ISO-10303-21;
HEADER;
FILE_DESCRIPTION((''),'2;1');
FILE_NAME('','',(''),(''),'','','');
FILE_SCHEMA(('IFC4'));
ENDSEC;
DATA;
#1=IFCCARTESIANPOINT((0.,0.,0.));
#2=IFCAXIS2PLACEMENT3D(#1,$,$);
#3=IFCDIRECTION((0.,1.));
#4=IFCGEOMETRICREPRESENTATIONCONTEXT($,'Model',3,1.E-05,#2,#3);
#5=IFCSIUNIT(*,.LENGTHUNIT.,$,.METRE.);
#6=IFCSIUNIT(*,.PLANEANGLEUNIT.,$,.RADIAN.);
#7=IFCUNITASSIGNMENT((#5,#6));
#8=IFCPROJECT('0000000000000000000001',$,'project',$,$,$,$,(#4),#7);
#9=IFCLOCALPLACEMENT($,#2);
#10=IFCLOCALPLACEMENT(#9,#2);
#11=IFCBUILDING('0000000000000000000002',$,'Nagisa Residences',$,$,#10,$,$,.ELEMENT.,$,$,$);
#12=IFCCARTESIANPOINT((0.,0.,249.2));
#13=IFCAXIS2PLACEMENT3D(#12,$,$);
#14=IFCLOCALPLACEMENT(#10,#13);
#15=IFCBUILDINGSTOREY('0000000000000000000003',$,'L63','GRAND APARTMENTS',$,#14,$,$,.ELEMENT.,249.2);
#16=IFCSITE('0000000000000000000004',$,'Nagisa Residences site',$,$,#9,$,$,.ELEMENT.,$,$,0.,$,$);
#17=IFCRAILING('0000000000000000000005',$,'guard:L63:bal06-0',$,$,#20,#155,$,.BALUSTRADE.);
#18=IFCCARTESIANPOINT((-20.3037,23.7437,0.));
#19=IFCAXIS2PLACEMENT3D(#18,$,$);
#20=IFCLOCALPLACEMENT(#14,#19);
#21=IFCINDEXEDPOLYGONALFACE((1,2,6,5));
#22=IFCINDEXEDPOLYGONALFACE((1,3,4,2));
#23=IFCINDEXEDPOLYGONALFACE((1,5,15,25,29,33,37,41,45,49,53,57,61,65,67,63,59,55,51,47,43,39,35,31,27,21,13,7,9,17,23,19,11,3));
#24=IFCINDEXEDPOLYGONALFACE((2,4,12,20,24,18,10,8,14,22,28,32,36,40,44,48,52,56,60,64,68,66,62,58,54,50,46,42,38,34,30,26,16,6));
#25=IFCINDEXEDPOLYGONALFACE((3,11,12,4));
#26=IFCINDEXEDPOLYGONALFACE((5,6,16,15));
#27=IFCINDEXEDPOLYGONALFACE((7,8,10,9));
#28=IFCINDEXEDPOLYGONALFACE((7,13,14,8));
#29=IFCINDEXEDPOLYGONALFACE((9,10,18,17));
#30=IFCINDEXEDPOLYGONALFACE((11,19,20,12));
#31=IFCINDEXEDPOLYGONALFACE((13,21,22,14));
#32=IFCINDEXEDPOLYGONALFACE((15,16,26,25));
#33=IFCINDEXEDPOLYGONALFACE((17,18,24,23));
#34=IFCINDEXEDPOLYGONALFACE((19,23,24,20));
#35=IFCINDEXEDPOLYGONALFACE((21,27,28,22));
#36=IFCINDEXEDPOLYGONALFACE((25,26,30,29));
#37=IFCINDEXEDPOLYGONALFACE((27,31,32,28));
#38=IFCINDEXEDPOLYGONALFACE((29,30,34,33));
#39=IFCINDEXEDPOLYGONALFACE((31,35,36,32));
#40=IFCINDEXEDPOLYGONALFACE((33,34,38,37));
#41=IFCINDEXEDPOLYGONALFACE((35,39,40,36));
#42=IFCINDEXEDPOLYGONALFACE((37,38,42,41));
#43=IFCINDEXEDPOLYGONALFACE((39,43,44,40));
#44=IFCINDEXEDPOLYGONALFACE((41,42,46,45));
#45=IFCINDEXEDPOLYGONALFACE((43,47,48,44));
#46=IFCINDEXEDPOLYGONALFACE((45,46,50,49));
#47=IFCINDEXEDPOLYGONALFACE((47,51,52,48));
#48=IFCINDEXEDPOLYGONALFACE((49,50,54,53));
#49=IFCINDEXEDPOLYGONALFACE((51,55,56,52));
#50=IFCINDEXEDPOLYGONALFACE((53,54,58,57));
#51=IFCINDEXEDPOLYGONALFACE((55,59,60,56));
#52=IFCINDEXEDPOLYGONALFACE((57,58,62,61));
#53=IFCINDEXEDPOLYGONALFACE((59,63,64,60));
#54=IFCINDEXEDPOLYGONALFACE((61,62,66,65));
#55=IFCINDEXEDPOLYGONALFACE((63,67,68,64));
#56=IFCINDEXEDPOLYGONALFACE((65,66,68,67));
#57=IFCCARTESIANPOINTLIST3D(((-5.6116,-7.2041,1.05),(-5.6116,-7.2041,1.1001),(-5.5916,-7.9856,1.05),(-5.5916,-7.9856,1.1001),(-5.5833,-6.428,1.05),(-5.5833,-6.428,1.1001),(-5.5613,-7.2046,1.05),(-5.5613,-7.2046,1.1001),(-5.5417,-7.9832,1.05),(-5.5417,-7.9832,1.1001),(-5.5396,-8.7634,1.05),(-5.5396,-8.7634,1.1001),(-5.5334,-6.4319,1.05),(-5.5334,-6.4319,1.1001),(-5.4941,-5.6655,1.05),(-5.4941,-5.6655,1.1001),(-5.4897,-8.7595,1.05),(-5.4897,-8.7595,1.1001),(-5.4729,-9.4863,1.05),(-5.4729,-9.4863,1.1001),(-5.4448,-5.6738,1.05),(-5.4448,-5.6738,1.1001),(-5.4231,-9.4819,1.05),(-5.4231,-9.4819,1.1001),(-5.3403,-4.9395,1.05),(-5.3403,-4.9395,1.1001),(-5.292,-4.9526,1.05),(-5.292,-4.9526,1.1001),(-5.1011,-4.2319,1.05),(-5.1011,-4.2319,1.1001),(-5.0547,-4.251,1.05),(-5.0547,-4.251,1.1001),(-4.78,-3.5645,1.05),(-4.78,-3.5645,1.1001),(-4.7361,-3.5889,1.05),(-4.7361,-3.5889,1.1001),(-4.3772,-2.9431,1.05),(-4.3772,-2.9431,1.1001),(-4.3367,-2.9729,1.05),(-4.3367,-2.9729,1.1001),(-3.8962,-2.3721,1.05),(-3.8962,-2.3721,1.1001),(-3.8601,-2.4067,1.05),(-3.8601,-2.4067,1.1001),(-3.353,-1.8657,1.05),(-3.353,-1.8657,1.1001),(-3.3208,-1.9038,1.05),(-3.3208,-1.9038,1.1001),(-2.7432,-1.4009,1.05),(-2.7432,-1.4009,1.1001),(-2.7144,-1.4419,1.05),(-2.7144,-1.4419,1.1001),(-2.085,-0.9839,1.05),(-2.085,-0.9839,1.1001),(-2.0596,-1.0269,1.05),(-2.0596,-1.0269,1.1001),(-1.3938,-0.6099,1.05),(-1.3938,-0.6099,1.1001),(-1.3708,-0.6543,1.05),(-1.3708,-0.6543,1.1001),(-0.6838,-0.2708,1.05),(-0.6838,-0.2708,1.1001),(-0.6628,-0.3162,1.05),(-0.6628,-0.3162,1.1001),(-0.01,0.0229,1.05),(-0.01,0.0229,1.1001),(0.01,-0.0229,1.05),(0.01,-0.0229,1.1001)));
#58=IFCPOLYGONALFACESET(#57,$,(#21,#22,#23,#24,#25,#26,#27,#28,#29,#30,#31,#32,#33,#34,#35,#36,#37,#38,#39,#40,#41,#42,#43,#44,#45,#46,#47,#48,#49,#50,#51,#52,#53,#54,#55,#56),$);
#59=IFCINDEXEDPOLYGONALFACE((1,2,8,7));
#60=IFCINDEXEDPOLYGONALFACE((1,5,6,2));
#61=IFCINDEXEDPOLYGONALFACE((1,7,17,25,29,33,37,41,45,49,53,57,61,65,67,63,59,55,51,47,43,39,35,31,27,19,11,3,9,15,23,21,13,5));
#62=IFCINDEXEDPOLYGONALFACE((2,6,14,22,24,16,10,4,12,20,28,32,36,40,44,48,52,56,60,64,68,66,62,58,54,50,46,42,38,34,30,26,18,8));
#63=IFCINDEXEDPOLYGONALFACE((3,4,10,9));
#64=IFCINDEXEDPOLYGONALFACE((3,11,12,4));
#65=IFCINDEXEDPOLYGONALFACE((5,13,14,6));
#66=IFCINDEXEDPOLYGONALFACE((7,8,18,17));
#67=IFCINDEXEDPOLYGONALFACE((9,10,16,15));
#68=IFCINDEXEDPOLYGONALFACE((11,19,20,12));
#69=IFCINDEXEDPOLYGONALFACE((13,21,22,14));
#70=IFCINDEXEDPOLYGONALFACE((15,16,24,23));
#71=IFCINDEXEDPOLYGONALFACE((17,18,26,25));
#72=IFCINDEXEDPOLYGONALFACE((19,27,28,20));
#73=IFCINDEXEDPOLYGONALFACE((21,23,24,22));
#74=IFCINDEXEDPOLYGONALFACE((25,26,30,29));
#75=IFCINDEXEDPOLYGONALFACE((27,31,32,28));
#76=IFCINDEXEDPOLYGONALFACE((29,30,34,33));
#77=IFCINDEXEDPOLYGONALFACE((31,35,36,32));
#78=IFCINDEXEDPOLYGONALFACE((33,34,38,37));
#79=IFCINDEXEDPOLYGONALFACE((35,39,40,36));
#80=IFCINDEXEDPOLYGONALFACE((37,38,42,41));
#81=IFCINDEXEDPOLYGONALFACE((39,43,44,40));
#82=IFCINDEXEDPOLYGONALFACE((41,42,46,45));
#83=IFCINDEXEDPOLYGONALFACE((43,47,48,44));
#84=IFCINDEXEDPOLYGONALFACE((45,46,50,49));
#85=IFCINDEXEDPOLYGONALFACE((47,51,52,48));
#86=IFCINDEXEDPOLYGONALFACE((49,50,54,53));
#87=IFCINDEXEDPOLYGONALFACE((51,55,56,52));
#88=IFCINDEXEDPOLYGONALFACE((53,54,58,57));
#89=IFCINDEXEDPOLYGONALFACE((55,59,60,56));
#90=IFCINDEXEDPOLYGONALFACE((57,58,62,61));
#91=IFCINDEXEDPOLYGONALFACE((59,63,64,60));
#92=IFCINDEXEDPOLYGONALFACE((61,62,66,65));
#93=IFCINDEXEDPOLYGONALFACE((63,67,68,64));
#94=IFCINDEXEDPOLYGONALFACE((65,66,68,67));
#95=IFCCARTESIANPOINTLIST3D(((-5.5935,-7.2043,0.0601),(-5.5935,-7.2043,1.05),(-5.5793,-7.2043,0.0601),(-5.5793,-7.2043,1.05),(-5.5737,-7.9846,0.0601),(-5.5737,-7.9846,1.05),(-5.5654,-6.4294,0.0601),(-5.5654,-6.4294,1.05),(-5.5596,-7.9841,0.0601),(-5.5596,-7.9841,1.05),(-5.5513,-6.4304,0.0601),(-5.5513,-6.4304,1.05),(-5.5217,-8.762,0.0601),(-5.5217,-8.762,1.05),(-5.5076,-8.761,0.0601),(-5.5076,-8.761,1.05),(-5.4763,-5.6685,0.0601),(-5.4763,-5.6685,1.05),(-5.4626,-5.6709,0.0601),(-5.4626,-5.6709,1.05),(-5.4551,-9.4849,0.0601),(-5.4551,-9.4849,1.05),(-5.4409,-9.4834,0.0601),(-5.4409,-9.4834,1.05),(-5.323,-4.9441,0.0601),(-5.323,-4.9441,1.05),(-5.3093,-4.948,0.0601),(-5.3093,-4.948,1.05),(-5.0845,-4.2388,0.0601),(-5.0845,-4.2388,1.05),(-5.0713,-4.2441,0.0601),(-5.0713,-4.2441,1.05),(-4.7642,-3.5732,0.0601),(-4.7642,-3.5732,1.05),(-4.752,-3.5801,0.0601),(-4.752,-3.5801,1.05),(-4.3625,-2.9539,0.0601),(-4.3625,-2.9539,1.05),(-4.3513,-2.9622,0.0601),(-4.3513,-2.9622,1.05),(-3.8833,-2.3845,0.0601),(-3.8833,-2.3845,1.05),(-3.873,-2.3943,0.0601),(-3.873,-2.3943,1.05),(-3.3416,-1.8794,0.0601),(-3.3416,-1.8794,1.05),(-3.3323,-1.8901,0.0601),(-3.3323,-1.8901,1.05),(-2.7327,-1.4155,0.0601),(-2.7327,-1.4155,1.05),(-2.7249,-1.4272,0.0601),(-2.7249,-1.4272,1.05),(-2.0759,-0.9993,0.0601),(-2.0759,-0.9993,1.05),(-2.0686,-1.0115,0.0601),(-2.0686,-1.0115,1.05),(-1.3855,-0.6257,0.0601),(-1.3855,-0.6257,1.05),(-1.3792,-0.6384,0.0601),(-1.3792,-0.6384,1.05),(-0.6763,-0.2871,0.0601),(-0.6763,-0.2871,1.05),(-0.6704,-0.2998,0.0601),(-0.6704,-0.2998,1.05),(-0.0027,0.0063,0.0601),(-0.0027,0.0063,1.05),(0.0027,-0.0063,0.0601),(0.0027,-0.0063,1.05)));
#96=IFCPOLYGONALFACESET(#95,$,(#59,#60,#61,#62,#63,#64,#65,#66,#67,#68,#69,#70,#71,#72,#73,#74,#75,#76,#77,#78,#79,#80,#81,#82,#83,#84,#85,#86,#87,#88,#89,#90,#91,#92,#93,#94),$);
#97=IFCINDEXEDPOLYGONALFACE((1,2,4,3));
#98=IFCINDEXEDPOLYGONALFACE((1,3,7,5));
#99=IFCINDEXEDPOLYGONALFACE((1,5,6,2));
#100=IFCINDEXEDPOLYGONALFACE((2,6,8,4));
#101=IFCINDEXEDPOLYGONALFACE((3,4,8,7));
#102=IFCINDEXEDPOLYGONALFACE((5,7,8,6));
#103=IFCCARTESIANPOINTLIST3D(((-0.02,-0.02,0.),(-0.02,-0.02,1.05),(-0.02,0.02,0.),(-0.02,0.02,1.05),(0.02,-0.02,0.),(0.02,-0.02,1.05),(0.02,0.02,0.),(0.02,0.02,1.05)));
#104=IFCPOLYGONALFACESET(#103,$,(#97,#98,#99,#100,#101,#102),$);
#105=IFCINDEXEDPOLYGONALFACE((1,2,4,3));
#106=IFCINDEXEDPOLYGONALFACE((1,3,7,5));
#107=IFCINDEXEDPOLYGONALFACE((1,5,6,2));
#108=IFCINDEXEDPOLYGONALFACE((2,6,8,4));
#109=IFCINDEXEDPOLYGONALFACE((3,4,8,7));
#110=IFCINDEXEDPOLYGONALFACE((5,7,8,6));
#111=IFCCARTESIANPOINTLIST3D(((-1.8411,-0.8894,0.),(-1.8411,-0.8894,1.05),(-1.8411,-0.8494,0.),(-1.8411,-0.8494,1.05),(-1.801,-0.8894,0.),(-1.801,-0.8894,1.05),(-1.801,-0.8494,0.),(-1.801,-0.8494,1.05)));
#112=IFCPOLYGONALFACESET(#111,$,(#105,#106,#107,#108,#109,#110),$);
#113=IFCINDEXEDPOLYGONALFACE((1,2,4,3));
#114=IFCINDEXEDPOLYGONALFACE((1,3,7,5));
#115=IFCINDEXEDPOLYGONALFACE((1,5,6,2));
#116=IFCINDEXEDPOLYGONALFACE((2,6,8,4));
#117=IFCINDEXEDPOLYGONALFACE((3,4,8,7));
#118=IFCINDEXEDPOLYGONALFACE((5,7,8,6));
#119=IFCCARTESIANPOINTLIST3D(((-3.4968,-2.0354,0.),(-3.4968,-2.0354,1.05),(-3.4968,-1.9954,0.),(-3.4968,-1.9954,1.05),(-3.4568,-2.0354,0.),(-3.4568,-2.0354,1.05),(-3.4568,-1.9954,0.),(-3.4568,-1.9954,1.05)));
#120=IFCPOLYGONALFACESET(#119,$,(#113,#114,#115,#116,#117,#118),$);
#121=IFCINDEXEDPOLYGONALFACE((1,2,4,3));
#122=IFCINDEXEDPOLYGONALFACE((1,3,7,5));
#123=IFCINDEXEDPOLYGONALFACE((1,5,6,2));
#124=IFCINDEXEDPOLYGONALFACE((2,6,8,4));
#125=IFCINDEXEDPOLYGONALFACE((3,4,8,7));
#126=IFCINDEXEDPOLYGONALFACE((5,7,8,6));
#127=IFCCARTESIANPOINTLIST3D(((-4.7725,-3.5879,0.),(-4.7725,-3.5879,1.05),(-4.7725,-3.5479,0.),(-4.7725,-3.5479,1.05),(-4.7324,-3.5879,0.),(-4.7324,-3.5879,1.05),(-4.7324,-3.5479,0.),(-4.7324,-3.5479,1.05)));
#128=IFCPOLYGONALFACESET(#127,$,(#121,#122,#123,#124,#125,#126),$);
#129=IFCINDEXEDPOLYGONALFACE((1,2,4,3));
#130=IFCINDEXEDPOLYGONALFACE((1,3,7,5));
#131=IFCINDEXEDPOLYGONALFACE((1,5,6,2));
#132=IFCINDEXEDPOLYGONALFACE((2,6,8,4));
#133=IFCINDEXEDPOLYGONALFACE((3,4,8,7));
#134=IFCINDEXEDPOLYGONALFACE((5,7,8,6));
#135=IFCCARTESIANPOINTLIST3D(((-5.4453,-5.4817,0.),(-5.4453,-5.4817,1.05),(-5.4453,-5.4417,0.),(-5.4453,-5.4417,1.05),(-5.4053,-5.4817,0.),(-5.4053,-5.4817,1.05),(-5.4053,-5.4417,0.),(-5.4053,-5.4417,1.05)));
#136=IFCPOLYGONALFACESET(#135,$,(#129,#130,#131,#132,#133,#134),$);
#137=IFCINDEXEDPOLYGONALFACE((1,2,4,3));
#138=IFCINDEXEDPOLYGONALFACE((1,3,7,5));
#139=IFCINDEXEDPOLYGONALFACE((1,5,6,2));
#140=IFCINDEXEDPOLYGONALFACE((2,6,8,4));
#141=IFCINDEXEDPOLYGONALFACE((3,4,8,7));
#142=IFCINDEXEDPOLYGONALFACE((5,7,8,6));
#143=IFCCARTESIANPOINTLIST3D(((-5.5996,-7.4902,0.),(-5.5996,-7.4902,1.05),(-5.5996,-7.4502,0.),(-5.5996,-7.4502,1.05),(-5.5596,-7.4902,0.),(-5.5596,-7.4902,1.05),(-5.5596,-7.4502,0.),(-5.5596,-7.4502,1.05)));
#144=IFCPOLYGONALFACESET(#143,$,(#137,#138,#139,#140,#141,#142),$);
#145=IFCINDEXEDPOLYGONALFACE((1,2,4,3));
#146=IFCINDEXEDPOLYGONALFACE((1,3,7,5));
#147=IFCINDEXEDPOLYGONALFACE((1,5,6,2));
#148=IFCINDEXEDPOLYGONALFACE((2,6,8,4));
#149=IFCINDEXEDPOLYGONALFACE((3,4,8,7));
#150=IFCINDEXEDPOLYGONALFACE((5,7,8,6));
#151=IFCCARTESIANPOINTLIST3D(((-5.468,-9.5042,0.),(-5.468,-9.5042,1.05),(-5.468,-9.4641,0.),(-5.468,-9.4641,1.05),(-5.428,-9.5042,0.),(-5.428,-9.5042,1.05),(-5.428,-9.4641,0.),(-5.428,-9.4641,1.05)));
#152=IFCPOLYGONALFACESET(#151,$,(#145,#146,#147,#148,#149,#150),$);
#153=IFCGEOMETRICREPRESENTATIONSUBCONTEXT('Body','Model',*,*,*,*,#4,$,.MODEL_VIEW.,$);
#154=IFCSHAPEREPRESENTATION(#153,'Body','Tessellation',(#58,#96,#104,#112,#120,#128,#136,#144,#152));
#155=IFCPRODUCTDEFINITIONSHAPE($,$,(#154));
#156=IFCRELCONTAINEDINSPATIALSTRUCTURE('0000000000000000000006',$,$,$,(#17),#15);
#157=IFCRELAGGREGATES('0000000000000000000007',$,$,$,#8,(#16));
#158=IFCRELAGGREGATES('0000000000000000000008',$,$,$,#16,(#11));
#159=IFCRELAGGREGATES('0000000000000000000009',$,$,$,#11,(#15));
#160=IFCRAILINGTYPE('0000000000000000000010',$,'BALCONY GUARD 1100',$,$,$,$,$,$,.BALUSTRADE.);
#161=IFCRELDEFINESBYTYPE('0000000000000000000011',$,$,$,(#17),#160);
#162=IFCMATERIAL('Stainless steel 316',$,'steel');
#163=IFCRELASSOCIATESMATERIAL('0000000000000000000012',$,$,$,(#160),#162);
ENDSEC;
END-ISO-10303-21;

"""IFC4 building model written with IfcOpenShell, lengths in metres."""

from ifc_helpers import new_model, si_unit, direction, frame, origin, origin_2d, place, context, subcontext, project, spatial, polyline, rectangle, outline, extrude, material, type_object, element, save


model = new_model("IFC4")

# Units and contexts
model_context = context("Model", 3, precision=1e-05, world=origin(), true_north=direction((0.0, 1.0)))
body_context = subcontext(model_context, "Body", "Model", "MODEL_VIEW")
ifc_project = project(units=[si_unit("LENGTHUNIT", "METRE"), si_unit("PLANEANGLEUNIT", "RADIAN")], contexts=[model_context])

# Site, building, storey
site_placement = place(None, origin())
site = spatial("IfcSite", under=ifc_project, at=site_placement, Name="Nagisa Residences site", CompositionType="ELEMENT", RefElevation=0.0)
building_placement = place(site_placement, origin())
building = spatial("IfcBuilding", under=site, at=building_placement, Name="Nagisa Residences", CompositionType="ELEMENT")
storey_placement = place(building_placement, frame((0.0, 0.0, 249.2)))
storey = spatial("IfcBuildingStorey", under=building, at=storey_placement, Name="L63", Description="GRAND APARTMENTS", CompositionType="ELEMENT", Elevation=249.2)

# Railing
ifc_material_1 = material(Name="Stainless steel 316", Category="steel")
railing_type = type_object("IfcRailingType", Name="BALCONY GUARD 1100", PredefinedType="BALUSTRADE", material=ifc_material_1)
railing_placement = place(storey_placement, frame((-20.3037, 23.7437, 0.0)))
element("IfcRailing", 1, at=railing_placement, inside=storey, type_object=railing_type, Name="guard:L63:bal06-0", PredefinedType="BALUSTRADE", context=body_context, shape_type="SweptSolid", body=[
    extrude(outline(polyline([(-0.6628, -0.3162), (0.01, -0.0229), (-0.01, 0.0229), (-0.6838, -0.2708), (-1.3938, -0.6099), (-2.085, -0.9839), (-2.7432, -1.4009), (-3.353, -1.8657), (-3.8962, -2.3721), (-4.3772, -2.9431), (-4.78, -3.5645), (-5.1011, -4.2319), (-5.3403, -4.9395), (-5.4941, -5.6655), (-5.5833, -6.428), (-5.6116, -7.2041), (-5.5916, -7.9856), (-5.5396, -8.7634), (-5.4729, -9.4863), (-5.4231, -9.4819), (-5.4897, -8.7595), (-5.5417, -7.9832), (-5.5613, -7.2046), (-5.5334, -6.4319), (-5.4448, -5.6738), (-5.292, -4.9526), (-5.0547, -4.251), (-4.7361, -3.5889), (-4.3367, -2.9729), (-3.8601, -2.4067), (-3.3208, -1.9038), (-2.7144, -1.4419), (-2.0596, -1.0269), (-1.3708, -0.6543), (-0.6628, -0.3162)])), frame((0.0, 0.0, 1.05)), (0.0, 0.0, 1.0), 0.05),
    extrude(outline(polyline([(-0.6704, -0.2998), (0.0027, -0.0063), (-0.0027, 0.0063), (-0.6763, -0.2871), (-1.3855, -0.6257), (-2.0759, -0.9993), (-2.7327, -1.4155), (-3.3416, -1.8794), (-3.8833, -2.3845), (-4.3625, -2.9539), (-4.7642, -3.5732), (-5.0845, -4.2388), (-5.323, -4.9441), (-5.4763, -5.6685), (-5.5654, -6.4294), (-5.5935, -7.2043), (-5.5737, -7.9846), (-5.5217, -8.762), (-5.4551, -9.4849), (-5.4409, -9.4834), (-5.5076, -8.761), (-5.5596, -7.9841), (-5.5793, -7.2043), (-5.5513, -6.4304), (-5.4626, -5.6709), (-5.3093, -4.948), (-5.0713, -4.2441), (-4.752, -3.5801), (-4.3513, -2.9622), (-3.873, -2.3943), (-3.3323, -1.8901), (-2.7249, -1.4272), (-2.0686, -1.0115), (-1.3792, -0.6384), (-0.6704, -0.2998)])), frame((0.0, 0.0, 0.0601)), (0.0, 0.0, 1.0), 0.99),
    extrude(rectangle(XDim=0.04, YDim=0.04, at=origin_2d()), origin(), (0.0, 0.0, 1.0), 1.05),
    extrude(rectangle(XDim=0.04, YDim=0.04, at=origin_2d()), frame((-1.821, -0.8694, 0.0)), (0.0, 0.0, 1.0), 1.05),
    extrude(rectangle(XDim=0.04, YDim=0.04, at=origin_2d()), frame((-3.4768, -2.0154, 0.0)), (0.0, 0.0, 1.0), 1.05),
    extrude(rectangle(XDim=0.04, YDim=0.04, at=origin_2d()), frame((-4.7524, -3.5679, 0.0)), (0.0, 0.0, 1.0), 1.05),
    extrude(rectangle(XDim=0.04, YDim=0.04, at=origin_2d()), frame((-5.4253, -5.4617, 0.0)), (0.0, 0.0, 1.0), 1.05),
    extrude(rectangle(XDim=0.04, YDim=0.04, at=origin_2d()), frame((-5.5796, -7.4702, 0.0)), (0.0, 0.0, 1.0), 1.05),
    extrude(rectangle(XDim=0.04, YDim=0.04, at=origin_2d()), frame((-5.448, -9.4841, 0.0)), (0.0, 0.0, 1.0), 1.05),
])

save(model, "model.ifc")
